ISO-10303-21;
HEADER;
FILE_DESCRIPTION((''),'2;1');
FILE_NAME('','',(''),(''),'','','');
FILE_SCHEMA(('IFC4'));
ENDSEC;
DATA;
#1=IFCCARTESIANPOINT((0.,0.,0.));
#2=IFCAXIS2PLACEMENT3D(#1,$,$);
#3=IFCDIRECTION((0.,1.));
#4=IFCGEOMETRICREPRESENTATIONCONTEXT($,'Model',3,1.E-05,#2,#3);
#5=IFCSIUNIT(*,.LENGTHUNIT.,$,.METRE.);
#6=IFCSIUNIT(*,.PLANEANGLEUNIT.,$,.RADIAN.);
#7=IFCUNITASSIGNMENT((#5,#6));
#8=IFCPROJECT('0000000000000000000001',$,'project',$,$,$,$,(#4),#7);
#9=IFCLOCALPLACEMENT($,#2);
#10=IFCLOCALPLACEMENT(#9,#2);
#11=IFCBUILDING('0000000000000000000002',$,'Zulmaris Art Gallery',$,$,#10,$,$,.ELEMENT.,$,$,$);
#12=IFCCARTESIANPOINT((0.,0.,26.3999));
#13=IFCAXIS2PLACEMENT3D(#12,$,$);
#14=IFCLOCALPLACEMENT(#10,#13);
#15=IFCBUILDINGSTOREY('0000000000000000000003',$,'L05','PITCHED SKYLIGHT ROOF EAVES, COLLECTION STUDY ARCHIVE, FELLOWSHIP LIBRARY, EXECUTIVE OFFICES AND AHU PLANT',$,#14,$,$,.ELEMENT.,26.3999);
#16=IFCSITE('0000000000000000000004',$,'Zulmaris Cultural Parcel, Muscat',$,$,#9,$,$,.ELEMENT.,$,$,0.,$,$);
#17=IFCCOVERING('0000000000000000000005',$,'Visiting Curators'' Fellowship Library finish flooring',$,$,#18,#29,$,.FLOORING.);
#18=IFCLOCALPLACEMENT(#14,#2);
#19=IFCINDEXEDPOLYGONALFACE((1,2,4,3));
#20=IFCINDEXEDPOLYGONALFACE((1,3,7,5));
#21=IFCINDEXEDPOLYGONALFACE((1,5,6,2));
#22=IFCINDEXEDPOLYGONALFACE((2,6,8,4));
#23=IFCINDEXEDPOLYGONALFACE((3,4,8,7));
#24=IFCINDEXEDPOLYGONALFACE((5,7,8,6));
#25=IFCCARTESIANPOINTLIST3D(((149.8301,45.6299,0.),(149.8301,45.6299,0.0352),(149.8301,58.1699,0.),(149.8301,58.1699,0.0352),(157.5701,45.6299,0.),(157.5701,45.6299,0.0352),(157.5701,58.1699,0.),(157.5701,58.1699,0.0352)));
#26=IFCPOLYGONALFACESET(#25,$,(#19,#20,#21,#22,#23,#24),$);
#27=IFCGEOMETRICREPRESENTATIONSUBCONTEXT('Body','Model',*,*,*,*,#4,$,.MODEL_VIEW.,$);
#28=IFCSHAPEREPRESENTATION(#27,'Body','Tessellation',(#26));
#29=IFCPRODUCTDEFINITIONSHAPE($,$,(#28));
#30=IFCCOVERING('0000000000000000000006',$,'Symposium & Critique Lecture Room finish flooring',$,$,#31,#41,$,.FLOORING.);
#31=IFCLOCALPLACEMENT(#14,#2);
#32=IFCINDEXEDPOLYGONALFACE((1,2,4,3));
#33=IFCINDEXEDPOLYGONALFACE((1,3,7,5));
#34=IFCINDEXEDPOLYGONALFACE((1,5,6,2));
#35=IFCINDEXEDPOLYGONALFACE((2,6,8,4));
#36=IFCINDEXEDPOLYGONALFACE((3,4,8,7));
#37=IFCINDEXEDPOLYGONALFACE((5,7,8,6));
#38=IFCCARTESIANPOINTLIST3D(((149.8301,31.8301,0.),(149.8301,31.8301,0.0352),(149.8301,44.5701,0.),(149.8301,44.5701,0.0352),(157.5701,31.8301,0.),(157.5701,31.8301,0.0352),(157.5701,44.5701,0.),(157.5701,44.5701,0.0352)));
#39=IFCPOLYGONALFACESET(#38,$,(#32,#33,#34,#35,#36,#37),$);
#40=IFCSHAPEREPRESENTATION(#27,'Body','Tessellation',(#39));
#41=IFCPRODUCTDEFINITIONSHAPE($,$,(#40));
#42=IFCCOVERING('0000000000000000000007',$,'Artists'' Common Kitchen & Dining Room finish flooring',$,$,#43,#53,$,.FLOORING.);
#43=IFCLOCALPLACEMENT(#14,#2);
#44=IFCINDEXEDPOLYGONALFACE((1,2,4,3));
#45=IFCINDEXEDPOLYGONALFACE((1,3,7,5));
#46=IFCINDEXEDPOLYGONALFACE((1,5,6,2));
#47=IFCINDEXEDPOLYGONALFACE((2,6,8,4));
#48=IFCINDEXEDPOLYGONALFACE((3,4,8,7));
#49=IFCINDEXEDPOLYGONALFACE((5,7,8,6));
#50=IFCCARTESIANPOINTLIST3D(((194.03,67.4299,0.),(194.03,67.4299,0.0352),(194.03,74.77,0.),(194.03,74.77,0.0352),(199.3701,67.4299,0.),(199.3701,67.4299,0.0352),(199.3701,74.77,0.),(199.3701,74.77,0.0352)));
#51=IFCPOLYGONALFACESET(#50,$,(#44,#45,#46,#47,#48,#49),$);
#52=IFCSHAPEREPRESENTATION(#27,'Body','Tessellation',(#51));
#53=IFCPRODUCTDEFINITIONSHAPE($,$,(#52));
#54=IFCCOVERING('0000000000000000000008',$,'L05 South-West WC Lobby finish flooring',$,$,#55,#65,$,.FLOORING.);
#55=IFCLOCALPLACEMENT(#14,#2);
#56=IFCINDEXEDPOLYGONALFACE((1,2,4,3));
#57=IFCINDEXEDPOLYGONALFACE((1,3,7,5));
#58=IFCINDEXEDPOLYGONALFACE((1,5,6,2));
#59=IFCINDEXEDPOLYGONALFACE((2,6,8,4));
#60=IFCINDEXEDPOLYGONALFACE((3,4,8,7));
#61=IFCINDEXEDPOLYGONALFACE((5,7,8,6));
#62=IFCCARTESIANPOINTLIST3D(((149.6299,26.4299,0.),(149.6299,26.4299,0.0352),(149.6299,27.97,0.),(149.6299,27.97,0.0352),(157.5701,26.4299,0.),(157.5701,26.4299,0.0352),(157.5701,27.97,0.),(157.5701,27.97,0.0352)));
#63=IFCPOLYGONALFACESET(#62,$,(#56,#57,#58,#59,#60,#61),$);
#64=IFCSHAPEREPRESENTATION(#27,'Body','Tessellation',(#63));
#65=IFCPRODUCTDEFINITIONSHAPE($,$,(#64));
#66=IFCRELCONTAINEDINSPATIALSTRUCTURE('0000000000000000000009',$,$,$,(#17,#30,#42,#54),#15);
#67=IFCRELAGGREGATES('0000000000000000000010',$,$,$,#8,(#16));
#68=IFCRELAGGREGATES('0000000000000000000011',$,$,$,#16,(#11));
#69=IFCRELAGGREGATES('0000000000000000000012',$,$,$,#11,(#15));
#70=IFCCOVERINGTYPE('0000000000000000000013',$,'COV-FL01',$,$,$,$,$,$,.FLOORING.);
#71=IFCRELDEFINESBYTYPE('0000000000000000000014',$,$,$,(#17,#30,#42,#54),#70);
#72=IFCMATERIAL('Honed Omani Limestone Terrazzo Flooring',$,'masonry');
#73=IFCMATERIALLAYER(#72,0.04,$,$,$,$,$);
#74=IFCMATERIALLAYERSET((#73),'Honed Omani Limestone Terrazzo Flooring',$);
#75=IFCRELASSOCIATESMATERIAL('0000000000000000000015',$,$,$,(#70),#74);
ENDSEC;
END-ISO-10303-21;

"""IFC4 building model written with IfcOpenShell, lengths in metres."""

from ifc_helpers import new_model, si_unit, direction, frame, origin, place, context, subcontext, project, spatial, polyline, outline, extrude, material, layer, layer_set, type_object, element, save


model = new_model("IFC4")

# Units and contexts
model_context = context("Model", 3, precision=1e-05, world=origin(), true_north=direction((0.0, 1.0)))
body_context = subcontext(model_context, "Body", "Model", "MODEL_VIEW")
ifc_project = project(units=[si_unit("LENGTHUNIT", "METRE"), si_unit("PLANEANGLEUNIT", "RADIAN")], contexts=[model_context])

# Site, building, storey
site_placement = place(None, origin())
site = spatial("IfcSite", under=ifc_project, at=site_placement, Name="Zulmaris Cultural Parcel, Muscat", CompositionType="ELEMENT", RefElevation=0.0)
building_placement = place(site_placement, origin())
building = spatial("IfcBuilding", under=site, at=building_placement, Name="Zulmaris Art Gallery", CompositionType="ELEMENT")
storey_placement = place(building_placement, frame((0.0, 0.0, 26.3999)))
storey = spatial("IfcBuildingStorey", under=building, at=storey_placement, Name="L05", Description="PITCHED SKYLIGHT ROOF EAVES, COLLECTION STUDY ARCHIVE, FELLOWSHIP LIBRARY, EXECUTIVE OFFICES AND AHU PLANT", CompositionType="ELEMENT", Elevation=26.3999)

# Coverings
ifc_material_1 = material(Name="Honed Omani Limestone Terrazzo Flooring", Category="masonry")
ifc_layer_1 = layer(ifc_material_1, 0.04)
ifc_layer_set_1 = layer_set([ifc_layer_1], Name="Honed Omani Limestone Terrazzo Flooring")
covering_type_1 = type_object("IfcCoveringType", Name="COV-FL01", PredefinedType="FLOORING", material=ifc_layer_set_1)
covering_1_placement = place(storey_placement, origin())
element("IfcCovering", 1, at=covering_1_placement, inside=storey, type_object=covering_type_1, Name="Visiting Curators' Fellowship Library finish flooring", PredefinedType="FLOORING", context=body_context, shape_type="SweptSolid", body=[
    extrude(outline(polyline([(157.5701, 45.6299), (149.8301, 45.6299), (149.8301, 58.1699), (157.5701, 58.1699), (157.5701, 45.6299)])), origin(), (0.0, 0.0, 1.0), 0.0352),
])
covering_2_placement = place(storey_placement, origin())
element("IfcCovering", 2, at=covering_2_placement, inside=storey, type_object=covering_type_1, Name="Symposium & Critique Lecture Room finish flooring", PredefinedType="FLOORING", context=body_context, shape_type="SweptSolid", body=[
    extrude(outline(polyline([(157.5701, 31.8301), (149.8301, 31.8301), (149.8301, 44.5701), (157.5701, 44.5701), (157.5701, 31.8301)])), origin(), (0.0, 0.0, 1.0), 0.0352),
])
covering_3_placement = place(storey_placement, origin())
element("IfcCovering", 3, at=covering_3_placement, inside=storey, type_object=covering_type_1, Name="Artists' Common Kitchen & Dining Room finish flooring", PredefinedType="FLOORING", context=body_context, shape_type="SweptSolid", body=[
    extrude(outline(polyline([(199.3701, 67.4299), (194.03, 67.4299), (194.03, 74.77), (199.3701, 74.77), (199.3701, 67.4299)])), origin(), (0.0, 0.0, 1.0), 0.0352),
])
covering_4_placement = place(storey_placement, origin())
element("IfcCovering", 4, at=covering_4_placement, inside=storey, type_object=covering_type_1, Name="L05 South-West WC Lobby finish flooring", PredefinedType="FLOORING", context=body_context, shape_type="SweptSolid", body=[
    extrude(outline(polyline([(157.5701, 26.4299), (149.6299, 26.4299), (149.6299, 27.97), (157.5701, 27.97), (157.5701, 26.4299)])), origin(), (0.0, 0.0, 1.0), 0.0352),
])

save(model, "model.ifc")
